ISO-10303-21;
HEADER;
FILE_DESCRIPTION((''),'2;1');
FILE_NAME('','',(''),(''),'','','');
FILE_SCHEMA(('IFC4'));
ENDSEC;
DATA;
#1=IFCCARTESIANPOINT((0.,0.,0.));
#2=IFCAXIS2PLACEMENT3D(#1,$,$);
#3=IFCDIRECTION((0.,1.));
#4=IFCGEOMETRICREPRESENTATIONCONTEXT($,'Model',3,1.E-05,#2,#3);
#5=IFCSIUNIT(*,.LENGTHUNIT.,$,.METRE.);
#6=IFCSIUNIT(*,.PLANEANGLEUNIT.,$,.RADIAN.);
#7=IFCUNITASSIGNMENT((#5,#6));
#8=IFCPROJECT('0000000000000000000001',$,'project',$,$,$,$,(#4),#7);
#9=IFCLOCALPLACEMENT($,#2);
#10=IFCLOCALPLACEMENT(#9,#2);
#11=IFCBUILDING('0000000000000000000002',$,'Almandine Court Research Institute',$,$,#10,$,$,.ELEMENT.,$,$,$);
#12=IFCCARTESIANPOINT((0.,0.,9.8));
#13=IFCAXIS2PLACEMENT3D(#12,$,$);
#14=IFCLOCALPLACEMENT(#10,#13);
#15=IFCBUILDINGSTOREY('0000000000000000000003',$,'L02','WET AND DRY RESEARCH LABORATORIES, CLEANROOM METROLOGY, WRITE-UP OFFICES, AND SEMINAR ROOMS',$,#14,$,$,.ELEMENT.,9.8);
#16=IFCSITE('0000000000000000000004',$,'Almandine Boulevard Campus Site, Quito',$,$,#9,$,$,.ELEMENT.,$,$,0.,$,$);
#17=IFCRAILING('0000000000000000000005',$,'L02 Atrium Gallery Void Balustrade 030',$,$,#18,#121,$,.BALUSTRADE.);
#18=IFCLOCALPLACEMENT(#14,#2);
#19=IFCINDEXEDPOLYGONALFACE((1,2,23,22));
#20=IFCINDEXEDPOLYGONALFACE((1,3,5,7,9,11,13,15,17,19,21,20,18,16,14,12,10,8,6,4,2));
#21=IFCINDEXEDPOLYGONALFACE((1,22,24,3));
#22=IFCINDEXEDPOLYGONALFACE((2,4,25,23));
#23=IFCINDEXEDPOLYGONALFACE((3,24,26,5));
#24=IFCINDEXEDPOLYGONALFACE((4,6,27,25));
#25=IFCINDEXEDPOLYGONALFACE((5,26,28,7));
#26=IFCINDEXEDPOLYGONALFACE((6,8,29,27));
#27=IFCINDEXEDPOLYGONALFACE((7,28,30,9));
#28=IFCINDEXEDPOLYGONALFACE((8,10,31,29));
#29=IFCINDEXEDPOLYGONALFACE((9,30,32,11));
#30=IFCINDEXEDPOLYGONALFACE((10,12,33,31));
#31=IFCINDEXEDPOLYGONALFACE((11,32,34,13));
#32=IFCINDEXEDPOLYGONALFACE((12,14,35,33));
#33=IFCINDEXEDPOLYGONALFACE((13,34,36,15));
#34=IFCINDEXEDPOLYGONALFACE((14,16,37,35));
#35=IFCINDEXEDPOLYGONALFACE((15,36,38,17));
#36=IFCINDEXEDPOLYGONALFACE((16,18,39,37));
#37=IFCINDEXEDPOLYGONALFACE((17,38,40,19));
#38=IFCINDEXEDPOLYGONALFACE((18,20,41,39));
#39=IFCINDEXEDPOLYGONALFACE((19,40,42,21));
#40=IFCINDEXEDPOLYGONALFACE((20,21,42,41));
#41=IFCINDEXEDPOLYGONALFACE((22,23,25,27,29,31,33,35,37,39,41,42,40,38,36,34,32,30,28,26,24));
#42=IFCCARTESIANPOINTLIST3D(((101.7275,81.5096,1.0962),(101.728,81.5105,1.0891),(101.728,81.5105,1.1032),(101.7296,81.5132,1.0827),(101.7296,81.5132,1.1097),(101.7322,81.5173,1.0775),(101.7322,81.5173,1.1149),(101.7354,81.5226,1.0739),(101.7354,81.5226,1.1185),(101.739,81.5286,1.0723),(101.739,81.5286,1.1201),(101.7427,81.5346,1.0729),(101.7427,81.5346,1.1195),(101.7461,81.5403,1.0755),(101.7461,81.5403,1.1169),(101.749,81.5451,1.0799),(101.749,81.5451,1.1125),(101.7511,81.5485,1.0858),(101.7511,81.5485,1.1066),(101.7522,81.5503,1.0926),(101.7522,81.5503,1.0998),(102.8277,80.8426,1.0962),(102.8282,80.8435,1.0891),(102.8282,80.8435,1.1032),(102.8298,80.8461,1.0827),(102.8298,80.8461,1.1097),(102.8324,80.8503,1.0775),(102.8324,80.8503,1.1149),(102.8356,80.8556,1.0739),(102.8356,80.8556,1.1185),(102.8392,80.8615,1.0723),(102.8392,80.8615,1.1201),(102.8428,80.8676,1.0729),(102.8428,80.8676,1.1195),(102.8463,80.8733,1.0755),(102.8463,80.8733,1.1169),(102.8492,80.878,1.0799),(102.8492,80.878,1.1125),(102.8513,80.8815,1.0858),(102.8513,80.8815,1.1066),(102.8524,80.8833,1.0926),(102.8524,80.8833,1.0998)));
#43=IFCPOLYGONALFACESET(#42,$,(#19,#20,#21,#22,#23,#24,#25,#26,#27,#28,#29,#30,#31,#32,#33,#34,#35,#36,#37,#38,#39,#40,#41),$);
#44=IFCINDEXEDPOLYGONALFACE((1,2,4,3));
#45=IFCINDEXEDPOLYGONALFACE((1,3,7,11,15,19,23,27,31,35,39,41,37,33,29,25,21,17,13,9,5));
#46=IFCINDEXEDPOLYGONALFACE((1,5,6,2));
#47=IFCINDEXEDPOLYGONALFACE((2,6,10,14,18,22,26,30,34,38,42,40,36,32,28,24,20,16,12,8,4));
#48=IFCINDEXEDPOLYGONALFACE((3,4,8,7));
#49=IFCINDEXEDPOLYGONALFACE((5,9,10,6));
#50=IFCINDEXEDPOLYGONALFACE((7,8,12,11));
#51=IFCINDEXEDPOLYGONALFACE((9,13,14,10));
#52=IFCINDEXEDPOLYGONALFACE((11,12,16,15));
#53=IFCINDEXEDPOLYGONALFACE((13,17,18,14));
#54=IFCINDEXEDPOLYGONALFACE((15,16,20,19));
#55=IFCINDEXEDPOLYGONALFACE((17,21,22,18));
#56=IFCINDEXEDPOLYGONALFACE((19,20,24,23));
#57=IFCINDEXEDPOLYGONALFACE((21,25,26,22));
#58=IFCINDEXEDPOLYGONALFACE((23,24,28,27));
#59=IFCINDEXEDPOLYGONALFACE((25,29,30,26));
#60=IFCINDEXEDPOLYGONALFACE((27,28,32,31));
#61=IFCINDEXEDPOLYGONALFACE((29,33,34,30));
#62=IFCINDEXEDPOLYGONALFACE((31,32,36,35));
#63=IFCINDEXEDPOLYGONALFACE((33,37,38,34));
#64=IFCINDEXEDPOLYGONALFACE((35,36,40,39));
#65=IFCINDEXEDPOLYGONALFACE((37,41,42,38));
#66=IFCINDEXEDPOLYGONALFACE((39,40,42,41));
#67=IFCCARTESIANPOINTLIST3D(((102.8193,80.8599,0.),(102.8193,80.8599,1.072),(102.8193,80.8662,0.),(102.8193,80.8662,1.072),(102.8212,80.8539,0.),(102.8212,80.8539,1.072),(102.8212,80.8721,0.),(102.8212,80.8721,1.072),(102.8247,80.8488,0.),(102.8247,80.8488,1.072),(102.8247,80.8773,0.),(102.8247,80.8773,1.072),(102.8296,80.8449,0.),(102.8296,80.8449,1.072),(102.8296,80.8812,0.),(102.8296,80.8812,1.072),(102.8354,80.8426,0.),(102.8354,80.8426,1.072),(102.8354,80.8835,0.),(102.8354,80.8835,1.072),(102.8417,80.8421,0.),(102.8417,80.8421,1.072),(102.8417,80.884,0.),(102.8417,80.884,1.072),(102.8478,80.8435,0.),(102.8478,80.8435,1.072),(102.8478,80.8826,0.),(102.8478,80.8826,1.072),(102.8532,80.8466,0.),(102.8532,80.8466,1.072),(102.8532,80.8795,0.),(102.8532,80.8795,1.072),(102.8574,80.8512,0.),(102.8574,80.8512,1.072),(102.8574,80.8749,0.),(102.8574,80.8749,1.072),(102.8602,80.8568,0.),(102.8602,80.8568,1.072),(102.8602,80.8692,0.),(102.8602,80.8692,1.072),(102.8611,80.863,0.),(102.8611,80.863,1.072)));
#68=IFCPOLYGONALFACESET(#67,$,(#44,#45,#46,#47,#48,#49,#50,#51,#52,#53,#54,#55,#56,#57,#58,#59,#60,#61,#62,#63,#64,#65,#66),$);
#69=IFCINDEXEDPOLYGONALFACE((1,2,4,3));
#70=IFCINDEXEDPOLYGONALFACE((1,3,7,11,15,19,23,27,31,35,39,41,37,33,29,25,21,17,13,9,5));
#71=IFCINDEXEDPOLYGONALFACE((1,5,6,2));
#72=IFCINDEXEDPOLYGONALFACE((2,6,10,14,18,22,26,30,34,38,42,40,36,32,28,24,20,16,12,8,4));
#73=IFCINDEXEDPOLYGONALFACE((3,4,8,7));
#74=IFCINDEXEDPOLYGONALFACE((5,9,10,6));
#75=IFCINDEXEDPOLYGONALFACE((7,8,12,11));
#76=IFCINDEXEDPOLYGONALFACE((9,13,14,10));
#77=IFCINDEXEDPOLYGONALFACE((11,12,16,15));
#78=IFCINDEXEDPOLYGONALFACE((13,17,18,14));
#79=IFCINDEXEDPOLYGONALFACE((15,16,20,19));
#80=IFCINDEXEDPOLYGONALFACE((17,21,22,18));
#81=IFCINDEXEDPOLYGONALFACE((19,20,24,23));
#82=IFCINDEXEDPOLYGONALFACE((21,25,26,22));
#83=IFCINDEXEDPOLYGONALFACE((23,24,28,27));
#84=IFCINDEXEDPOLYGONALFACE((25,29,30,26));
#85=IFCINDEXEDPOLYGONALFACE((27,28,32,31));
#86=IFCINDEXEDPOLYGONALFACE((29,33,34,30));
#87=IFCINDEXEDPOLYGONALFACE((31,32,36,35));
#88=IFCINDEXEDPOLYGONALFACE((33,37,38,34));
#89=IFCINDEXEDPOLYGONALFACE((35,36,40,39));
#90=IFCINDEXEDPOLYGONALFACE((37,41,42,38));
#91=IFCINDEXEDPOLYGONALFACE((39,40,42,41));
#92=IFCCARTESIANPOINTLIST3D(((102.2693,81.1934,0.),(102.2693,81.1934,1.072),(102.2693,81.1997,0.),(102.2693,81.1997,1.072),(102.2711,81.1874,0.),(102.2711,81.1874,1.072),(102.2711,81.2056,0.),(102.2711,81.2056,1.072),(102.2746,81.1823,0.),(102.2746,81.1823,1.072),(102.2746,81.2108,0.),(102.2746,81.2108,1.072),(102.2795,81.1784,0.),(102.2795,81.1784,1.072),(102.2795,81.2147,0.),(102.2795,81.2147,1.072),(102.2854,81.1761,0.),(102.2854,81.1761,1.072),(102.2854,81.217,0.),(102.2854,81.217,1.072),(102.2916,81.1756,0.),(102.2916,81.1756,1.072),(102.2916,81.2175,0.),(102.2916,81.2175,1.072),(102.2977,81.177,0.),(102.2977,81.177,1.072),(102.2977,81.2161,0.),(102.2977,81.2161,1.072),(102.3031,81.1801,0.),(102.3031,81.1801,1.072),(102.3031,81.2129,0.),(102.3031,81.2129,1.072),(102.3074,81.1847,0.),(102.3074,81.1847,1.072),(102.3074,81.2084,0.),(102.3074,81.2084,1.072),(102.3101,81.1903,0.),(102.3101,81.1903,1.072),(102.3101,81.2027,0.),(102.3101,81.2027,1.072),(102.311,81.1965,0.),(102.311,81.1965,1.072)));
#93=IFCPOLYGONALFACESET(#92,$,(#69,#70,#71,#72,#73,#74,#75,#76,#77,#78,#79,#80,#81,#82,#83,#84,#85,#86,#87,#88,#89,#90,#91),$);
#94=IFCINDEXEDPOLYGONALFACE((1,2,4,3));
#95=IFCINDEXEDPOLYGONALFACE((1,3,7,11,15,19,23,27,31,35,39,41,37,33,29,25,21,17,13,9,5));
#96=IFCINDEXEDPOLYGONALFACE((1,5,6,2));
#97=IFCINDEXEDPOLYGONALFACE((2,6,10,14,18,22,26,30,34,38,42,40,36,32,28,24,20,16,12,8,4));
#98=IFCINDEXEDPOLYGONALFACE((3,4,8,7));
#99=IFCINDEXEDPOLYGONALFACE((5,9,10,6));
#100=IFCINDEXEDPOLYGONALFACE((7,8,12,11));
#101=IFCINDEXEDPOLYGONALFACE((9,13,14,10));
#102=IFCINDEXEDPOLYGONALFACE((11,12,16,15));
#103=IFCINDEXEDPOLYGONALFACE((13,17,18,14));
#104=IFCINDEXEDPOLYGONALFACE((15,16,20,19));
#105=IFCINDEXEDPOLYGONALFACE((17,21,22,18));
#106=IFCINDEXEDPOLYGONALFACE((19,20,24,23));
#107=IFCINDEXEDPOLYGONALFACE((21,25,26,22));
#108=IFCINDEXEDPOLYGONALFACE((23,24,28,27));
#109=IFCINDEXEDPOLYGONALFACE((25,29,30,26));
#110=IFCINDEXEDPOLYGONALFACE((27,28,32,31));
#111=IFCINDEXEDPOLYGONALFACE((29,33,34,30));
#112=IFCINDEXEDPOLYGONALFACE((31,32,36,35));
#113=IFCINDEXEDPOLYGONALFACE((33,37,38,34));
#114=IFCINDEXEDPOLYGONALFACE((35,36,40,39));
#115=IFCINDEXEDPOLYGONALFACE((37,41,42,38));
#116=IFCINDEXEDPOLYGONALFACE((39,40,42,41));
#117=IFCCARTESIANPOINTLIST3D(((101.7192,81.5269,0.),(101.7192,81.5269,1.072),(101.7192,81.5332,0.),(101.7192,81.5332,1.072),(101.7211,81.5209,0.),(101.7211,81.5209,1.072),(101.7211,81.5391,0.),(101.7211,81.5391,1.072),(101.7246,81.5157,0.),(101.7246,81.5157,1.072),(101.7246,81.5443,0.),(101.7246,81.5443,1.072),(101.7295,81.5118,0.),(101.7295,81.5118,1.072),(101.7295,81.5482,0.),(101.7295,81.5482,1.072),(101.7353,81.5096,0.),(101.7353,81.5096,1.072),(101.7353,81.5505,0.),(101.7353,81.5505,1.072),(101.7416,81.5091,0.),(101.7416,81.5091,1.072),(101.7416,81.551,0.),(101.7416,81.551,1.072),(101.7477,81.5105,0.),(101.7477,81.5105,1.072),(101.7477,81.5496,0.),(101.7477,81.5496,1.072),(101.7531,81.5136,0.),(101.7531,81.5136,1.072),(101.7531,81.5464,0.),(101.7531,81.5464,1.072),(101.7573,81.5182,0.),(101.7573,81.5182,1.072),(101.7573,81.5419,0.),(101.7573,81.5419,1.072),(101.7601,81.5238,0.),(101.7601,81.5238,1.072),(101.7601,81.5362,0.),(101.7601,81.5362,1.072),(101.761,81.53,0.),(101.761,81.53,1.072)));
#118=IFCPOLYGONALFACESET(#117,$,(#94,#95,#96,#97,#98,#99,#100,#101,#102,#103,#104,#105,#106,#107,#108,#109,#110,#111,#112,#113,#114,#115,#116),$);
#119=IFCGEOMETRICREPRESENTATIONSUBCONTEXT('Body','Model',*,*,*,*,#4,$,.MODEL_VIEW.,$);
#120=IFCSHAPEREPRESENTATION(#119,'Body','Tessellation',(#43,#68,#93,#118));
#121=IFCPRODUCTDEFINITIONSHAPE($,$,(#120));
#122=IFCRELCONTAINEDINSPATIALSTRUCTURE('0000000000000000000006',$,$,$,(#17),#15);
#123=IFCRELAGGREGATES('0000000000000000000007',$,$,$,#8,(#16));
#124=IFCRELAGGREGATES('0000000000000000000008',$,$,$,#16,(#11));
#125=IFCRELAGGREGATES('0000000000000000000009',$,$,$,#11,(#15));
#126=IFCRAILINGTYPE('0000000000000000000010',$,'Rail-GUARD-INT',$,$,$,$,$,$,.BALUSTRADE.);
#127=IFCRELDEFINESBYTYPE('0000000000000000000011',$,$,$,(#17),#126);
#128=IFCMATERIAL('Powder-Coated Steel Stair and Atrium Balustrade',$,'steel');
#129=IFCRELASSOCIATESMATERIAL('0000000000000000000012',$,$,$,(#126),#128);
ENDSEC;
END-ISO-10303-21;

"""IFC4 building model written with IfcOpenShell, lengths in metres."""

from ifc_helpers import new_model, si_unit, direction, frame, origin, origin_2d, place, context, subcontext, project, spatial, circle, extrude, material, type_object, element, save


model = new_model("IFC4")

# Units and contexts
model_context = context("Model", 3, precision=1e-05, world=origin(), true_north=direction((0.0, 1.0)))
body_context = subcontext(model_context, "Body", "Model", "MODEL_VIEW")
ifc_project = project(units=[si_unit("LENGTHUNIT", "METRE"), si_unit("PLANEANGLEUNIT", "RADIAN")], contexts=[model_context])

# Site, building, storey
site_placement = place(None, origin())
site = spatial("IfcSite", under=ifc_project, at=site_placement, Name="Almandine Boulevard Campus Site, Quito", CompositionType="ELEMENT", RefElevation=0.0)
building_placement = place(site_placement, origin())
building = spatial("IfcBuilding", under=site, at=building_placement, Name="Almandine Court Research Institute", CompositionType="ELEMENT")
storey_placement = place(building_placement, frame((0.0, 0.0, 9.8)))
storey = spatial("IfcBuildingStorey", under=building, at=storey_placement, Name="L02", Description="WET AND DRY RESEARCH LABORATORIES, CLEANROOM METROLOGY, WRITE-UP OFFICES, AND SEMINAR ROOMS", CompositionType="ELEMENT", Elevation=9.8)

# Railing
ifc_material_1 = material(Name="Powder-Coated Steel Stair and Atrium Balustrade", Category="steel")
railing_type = type_object("IfcRailingType", Name="Rail-GUARD-INT", PredefinedType="BALUSTRADE", material=ifc_material_1)
railing_1_placement = place(storey_placement, frame((102.8401, 80.863, 0.0)))
element("IfcRailing", 1, at=railing_1_placement, inside=storey, type_object=railing_type, Name="L02 Atrium Gallery Void Balustrade 030", PredefinedType="BALUSTRADE", context=body_context, shape_type="SweptSolid", body=[
    extrude(circle(Radius=0.0239, at=origin_2d()), frame((0.0, 0.0, 1.0962), z_axis=(-0.855106, 0.518453, 0.0), x_axis=(-0.518453, -0.855106, 0.0)), (0.0, 0.0, 1.0), 1.2866),
    extrude(circle(Radius=0.021, at=origin_2d()), origin(), (0.0, 0.0, 1.0), 1.072),
    extrude(circle(Radius=0.021, at=origin_2d()), frame((-0.55, 0.3335, 0.0)), (0.0, 0.0, 1.0), 1.072),
    extrude(circle(Radius=0.021, at=origin_2d()), frame((-1.1001, 0.667, 0.0)), (0.0, 0.0, 1.0), 1.072),
])

save(model, "model.ifc")
